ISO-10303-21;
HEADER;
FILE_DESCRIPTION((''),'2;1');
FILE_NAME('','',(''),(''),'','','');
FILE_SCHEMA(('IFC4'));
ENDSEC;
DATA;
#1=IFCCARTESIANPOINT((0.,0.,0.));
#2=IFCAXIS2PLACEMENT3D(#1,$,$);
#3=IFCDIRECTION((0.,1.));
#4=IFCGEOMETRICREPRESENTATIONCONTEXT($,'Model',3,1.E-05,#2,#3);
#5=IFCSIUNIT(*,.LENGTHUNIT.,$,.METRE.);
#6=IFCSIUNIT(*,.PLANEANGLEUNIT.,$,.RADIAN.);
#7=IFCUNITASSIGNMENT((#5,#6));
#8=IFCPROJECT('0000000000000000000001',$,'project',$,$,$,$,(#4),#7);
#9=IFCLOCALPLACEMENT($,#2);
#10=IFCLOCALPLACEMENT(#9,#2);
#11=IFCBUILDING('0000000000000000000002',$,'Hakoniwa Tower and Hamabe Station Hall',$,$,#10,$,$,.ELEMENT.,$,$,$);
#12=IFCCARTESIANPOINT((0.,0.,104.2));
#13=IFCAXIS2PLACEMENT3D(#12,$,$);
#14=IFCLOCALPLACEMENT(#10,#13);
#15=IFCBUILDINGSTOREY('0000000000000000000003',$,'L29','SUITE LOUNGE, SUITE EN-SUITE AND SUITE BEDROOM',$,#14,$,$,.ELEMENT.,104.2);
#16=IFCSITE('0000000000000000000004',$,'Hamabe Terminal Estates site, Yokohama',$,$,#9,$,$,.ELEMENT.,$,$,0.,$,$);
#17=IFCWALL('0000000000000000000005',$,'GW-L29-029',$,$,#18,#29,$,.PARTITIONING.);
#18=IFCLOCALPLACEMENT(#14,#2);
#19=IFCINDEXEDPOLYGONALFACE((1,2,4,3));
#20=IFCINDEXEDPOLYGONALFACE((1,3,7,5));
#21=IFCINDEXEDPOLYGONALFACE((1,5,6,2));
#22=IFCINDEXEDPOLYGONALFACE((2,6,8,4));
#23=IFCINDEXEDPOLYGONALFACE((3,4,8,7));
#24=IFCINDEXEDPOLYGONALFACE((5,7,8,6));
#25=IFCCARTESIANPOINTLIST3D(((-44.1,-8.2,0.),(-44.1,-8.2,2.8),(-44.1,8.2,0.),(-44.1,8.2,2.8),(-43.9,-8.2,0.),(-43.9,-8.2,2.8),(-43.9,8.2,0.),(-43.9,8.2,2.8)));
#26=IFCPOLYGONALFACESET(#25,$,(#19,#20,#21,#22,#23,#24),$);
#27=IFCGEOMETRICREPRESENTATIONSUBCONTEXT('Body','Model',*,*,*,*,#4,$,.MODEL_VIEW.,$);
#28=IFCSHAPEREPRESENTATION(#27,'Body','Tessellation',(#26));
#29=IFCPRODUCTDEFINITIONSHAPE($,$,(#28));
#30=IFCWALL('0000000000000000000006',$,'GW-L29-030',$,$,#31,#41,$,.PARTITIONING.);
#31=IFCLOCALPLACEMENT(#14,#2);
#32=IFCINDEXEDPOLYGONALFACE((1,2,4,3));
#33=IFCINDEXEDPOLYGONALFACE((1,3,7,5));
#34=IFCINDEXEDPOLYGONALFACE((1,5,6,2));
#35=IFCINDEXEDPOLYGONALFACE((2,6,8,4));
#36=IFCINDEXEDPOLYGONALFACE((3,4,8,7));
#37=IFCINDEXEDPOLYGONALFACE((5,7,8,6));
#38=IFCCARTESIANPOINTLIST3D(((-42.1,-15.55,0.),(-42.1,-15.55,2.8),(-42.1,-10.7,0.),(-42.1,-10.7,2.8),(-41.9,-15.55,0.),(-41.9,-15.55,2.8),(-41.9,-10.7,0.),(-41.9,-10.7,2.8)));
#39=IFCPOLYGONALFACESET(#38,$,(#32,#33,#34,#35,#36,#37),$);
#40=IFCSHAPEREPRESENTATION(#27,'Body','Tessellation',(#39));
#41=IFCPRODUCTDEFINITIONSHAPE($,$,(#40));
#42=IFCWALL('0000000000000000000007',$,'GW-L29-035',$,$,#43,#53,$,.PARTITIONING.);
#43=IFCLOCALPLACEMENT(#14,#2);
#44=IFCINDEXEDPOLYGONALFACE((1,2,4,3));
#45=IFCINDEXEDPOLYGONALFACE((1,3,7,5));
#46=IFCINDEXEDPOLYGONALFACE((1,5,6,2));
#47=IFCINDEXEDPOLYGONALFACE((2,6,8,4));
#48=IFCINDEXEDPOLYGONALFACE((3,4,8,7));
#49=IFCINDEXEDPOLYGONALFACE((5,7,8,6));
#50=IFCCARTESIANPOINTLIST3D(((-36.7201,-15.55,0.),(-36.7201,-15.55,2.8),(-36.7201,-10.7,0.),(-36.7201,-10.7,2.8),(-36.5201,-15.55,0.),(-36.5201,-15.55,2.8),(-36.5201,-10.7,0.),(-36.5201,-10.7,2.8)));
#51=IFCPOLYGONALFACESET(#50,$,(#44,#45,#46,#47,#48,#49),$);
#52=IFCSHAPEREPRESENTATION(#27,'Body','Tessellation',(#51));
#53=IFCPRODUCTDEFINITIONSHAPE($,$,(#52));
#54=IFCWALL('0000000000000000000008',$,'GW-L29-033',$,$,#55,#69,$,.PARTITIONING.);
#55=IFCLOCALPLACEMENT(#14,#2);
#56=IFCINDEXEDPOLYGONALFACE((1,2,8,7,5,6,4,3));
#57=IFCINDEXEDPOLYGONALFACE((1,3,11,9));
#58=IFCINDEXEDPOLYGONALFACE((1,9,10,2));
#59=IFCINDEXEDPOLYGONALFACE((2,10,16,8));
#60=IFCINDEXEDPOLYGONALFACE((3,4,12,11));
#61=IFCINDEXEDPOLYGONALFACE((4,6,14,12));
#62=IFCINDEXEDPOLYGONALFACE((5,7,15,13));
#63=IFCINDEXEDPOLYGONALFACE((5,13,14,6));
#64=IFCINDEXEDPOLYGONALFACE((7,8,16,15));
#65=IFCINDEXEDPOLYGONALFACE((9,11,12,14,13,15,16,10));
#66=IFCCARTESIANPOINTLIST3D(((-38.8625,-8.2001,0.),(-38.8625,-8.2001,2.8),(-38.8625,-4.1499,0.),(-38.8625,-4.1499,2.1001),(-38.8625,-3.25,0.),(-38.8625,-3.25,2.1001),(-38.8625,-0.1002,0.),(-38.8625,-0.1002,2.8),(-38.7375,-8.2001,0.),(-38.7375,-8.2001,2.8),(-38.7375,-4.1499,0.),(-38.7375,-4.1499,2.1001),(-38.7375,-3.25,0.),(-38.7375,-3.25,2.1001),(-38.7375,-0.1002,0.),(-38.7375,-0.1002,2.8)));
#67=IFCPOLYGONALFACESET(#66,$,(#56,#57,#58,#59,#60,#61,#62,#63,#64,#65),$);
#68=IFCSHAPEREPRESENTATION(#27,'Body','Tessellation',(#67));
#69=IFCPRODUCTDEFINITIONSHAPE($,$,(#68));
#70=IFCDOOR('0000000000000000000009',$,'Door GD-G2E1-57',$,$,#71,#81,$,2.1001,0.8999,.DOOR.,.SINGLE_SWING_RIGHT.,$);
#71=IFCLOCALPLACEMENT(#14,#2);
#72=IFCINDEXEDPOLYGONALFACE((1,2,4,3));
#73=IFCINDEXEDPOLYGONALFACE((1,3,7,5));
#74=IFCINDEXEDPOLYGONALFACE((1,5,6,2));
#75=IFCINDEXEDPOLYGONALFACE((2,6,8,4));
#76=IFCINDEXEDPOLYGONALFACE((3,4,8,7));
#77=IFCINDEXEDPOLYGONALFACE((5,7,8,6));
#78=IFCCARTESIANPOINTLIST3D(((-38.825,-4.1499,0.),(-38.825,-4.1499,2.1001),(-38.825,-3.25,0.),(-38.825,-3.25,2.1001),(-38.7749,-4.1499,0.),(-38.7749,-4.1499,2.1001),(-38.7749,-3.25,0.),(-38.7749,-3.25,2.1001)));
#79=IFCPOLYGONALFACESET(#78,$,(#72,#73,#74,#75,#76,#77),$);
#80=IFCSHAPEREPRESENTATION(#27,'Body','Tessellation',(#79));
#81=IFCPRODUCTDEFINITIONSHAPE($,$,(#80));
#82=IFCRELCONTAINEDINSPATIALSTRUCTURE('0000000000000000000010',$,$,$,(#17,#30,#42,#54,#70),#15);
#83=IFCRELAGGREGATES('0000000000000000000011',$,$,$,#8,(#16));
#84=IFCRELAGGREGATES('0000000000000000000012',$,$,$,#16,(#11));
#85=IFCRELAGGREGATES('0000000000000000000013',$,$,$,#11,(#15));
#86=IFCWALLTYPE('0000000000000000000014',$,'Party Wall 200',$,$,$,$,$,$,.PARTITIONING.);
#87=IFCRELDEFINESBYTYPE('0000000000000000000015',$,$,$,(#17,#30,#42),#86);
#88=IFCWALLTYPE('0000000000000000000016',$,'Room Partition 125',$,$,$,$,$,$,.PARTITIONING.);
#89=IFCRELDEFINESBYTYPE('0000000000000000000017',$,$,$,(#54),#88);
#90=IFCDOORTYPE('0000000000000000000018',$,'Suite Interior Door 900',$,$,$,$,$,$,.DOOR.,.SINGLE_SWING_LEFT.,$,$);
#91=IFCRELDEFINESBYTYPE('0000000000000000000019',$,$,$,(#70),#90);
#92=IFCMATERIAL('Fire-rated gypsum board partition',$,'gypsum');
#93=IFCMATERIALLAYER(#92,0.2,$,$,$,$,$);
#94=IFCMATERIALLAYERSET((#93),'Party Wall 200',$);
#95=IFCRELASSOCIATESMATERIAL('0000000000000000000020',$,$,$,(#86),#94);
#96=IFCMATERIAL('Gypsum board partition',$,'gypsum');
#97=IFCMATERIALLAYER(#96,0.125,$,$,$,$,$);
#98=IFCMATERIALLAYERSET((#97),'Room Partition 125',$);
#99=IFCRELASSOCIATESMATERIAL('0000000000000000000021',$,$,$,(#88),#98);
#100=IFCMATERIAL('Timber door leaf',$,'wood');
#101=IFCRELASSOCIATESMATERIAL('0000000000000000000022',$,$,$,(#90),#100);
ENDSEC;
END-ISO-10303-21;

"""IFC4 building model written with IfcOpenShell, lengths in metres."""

from ifc_helpers import new_model, si_unit, direction, frame, frame_2d, origin, place, context, subcontext, project, spatial, rectangle, extrude, material, layer, layer_set, type_object, element, fill, save


model = new_model("IFC4")

# Units and contexts
model_context = context("Model", 3, precision=1e-05, world=origin(), true_north=direction((0.0, 1.0)))
body_context = subcontext(model_context, "Body", "Model", "MODEL_VIEW")
ifc_project = project(units=[si_unit("LENGTHUNIT", "METRE"), si_unit("PLANEANGLEUNIT", "RADIAN")], contexts=[model_context])

# Site, building, storey
site_placement = place(None, origin())
site = spatial("IfcSite", under=ifc_project, at=site_placement, Name="Hamabe Terminal Estates site, Yokohama", CompositionType="ELEMENT", RefElevation=0.0)
building_placement = place(site_placement, origin())
building = spatial("IfcBuilding", under=site, at=building_placement, Name="Hakoniwa Tower and Hamabe Station Hall", CompositionType="ELEMENT")
storey_placement = place(building_placement, frame((0.0, 0.0, 104.2)))
storey = spatial("IfcBuildingStorey", under=building, at=storey_placement, Name="L29", Description="SUITE LOUNGE, SUITE EN-SUITE AND SUITE BEDROOM", CompositionType="ELEMENT", Elevation=104.2)

# Walls
ifc_material_1 = material(Name="Fire-rated gypsum board partition", Category="gypsum")
ifc_layer_1 = layer(ifc_material_1, 0.2)
ifc_layer_set_1 = layer_set([ifc_layer_1], Name="Party Wall 200")
wall_type_1 = type_object("IfcWallType", Name="Party Wall 200", PredefinedType="PARTITIONING", material=ifc_layer_set_1)
wall_1_placement = place(storey_placement, frame((-44.0, -8.2, 0.0), z_axis=(0.0, 0.0, 1.0), x_axis=(0.0, 1.0, 0.0)))
element("IfcWall", 1, at=wall_1_placement, inside=storey, type_object=wall_type_1, Name="GW-L29-029", PredefinedType="PARTITIONING", context=body_context, shape_type="SweptSolid", body=[
    extrude(rectangle(XDim=16.3999, YDim=0.2, at=frame_2d((8.2, 0.0))), origin(), (0.0, 0.0, 1.0), 2.8),
])
for number, where, z_axis, x_axis, name in (
    (2, (-42.0, -15.55, 0.0), (0.0, 0.0, 1.0), (0.0, 1.0, 0.0), "GW-L29-030"),
    (3, (-36.6201, -15.55, 0.0), (0.0, 0.0, 1.0), (0.0, 1.0, 0.0), "GW-L29-035"),
):
    element("IfcWall", number, at=place(storey_placement, frame(where, z_axis=z_axis, x_axis=x_axis)), inside=storey, type_object=wall_type_1, Name=name, PredefinedType="PARTITIONING", context=body_context, shape_type="SweptSolid", body=[
        extrude(rectangle(XDim=4.8501, YDim=0.2, at=frame_2d((2.425, 0.0))), origin(), (0.0, 0.0, 1.0), 2.8),
    ])

# Wall, opening, door
ifc_material_2 = material(Name="Gypsum board partition", Category="gypsum")
ifc_layer_2 = layer(ifc_material_2, 0.125)
ifc_layer_set_2 = layer_set([ifc_layer_2], Name="Room Partition 125")
wall_type_2 = type_object("IfcWallType", Name="Room Partition 125", PredefinedType="PARTITIONING", material=ifc_layer_set_2)
wall_2_placement = place(storey_placement, frame((-38.8, -8.2, 0.0), z_axis=(0.0, 0.0, 1.0), x_axis=(0.0, 1.0, 0.0)))
wall_2 = element("IfcWall", 4, at=wall_2_placement, inside=storey, type_object=wall_type_2, Name="GW-L29-033", PredefinedType="PARTITIONING", context=body_context, shape_type="SweptSolid", body=[
    extrude(rectangle(XDim=8.0999, YDim=0.125, at=frame_2d((4.0498, 0.0))), origin(), (0.0, 0.0, 1.0), 2.8),
])
opening_1_placement = place(wall_2_placement, frame((4.05, 0.0, 0.0)))
opening_1 = element("IfcOpeningElement", 5, at=opening_1_placement, cuts=wall_2, PredefinedType="OPENING", context=body_context, shape_type="SweptSolid", body=[
    extrude(rectangle(XDim=0.8999, YDim=2.1001, at=frame_2d((0.45, 1.05))), frame((0.0, 0.0725, 0.0), z_axis=(0.0, -1.0, 0.0), x_axis=(1.0, 0.0, 0.0)), (0.0, 0.0, 1.0), 0.145),
])
ifc_material_3 = material(Name="Timber door leaf", Category="wood")
door_type_1 = type_object("IfcDoorType", Name="Suite Interior Door 900", OperationType="SINGLE_SWING_LEFT", PredefinedType="DOOR", material=ifc_material_3)
door_1_placement = place(opening_1_placement, origin())
door_1 = element("IfcDoor", 6, at=door_1_placement, inside=storey, type_object=door_type_1, Name="Door GD-G2E1-57", OperationType="SINGLE_SWING_RIGHT", OverallHeight=2.1001, OverallWidth=0.8999, PredefinedType="DOOR", context=body_context, shape_type="SweptSolid", body=[
    extrude(rectangle(XDim=0.8999, YDim=2.1001, at=frame_2d((0.45, 1.05))), frame((0.0, 0.0249, 0.0), z_axis=(0.0, -1.0, 0.0), x_axis=(1.0, 0.0, 0.0)), (0.0, 0.0, 1.0), 0.05),
])
fill(opening_1, door_1)

save(model, "model.ifc")
